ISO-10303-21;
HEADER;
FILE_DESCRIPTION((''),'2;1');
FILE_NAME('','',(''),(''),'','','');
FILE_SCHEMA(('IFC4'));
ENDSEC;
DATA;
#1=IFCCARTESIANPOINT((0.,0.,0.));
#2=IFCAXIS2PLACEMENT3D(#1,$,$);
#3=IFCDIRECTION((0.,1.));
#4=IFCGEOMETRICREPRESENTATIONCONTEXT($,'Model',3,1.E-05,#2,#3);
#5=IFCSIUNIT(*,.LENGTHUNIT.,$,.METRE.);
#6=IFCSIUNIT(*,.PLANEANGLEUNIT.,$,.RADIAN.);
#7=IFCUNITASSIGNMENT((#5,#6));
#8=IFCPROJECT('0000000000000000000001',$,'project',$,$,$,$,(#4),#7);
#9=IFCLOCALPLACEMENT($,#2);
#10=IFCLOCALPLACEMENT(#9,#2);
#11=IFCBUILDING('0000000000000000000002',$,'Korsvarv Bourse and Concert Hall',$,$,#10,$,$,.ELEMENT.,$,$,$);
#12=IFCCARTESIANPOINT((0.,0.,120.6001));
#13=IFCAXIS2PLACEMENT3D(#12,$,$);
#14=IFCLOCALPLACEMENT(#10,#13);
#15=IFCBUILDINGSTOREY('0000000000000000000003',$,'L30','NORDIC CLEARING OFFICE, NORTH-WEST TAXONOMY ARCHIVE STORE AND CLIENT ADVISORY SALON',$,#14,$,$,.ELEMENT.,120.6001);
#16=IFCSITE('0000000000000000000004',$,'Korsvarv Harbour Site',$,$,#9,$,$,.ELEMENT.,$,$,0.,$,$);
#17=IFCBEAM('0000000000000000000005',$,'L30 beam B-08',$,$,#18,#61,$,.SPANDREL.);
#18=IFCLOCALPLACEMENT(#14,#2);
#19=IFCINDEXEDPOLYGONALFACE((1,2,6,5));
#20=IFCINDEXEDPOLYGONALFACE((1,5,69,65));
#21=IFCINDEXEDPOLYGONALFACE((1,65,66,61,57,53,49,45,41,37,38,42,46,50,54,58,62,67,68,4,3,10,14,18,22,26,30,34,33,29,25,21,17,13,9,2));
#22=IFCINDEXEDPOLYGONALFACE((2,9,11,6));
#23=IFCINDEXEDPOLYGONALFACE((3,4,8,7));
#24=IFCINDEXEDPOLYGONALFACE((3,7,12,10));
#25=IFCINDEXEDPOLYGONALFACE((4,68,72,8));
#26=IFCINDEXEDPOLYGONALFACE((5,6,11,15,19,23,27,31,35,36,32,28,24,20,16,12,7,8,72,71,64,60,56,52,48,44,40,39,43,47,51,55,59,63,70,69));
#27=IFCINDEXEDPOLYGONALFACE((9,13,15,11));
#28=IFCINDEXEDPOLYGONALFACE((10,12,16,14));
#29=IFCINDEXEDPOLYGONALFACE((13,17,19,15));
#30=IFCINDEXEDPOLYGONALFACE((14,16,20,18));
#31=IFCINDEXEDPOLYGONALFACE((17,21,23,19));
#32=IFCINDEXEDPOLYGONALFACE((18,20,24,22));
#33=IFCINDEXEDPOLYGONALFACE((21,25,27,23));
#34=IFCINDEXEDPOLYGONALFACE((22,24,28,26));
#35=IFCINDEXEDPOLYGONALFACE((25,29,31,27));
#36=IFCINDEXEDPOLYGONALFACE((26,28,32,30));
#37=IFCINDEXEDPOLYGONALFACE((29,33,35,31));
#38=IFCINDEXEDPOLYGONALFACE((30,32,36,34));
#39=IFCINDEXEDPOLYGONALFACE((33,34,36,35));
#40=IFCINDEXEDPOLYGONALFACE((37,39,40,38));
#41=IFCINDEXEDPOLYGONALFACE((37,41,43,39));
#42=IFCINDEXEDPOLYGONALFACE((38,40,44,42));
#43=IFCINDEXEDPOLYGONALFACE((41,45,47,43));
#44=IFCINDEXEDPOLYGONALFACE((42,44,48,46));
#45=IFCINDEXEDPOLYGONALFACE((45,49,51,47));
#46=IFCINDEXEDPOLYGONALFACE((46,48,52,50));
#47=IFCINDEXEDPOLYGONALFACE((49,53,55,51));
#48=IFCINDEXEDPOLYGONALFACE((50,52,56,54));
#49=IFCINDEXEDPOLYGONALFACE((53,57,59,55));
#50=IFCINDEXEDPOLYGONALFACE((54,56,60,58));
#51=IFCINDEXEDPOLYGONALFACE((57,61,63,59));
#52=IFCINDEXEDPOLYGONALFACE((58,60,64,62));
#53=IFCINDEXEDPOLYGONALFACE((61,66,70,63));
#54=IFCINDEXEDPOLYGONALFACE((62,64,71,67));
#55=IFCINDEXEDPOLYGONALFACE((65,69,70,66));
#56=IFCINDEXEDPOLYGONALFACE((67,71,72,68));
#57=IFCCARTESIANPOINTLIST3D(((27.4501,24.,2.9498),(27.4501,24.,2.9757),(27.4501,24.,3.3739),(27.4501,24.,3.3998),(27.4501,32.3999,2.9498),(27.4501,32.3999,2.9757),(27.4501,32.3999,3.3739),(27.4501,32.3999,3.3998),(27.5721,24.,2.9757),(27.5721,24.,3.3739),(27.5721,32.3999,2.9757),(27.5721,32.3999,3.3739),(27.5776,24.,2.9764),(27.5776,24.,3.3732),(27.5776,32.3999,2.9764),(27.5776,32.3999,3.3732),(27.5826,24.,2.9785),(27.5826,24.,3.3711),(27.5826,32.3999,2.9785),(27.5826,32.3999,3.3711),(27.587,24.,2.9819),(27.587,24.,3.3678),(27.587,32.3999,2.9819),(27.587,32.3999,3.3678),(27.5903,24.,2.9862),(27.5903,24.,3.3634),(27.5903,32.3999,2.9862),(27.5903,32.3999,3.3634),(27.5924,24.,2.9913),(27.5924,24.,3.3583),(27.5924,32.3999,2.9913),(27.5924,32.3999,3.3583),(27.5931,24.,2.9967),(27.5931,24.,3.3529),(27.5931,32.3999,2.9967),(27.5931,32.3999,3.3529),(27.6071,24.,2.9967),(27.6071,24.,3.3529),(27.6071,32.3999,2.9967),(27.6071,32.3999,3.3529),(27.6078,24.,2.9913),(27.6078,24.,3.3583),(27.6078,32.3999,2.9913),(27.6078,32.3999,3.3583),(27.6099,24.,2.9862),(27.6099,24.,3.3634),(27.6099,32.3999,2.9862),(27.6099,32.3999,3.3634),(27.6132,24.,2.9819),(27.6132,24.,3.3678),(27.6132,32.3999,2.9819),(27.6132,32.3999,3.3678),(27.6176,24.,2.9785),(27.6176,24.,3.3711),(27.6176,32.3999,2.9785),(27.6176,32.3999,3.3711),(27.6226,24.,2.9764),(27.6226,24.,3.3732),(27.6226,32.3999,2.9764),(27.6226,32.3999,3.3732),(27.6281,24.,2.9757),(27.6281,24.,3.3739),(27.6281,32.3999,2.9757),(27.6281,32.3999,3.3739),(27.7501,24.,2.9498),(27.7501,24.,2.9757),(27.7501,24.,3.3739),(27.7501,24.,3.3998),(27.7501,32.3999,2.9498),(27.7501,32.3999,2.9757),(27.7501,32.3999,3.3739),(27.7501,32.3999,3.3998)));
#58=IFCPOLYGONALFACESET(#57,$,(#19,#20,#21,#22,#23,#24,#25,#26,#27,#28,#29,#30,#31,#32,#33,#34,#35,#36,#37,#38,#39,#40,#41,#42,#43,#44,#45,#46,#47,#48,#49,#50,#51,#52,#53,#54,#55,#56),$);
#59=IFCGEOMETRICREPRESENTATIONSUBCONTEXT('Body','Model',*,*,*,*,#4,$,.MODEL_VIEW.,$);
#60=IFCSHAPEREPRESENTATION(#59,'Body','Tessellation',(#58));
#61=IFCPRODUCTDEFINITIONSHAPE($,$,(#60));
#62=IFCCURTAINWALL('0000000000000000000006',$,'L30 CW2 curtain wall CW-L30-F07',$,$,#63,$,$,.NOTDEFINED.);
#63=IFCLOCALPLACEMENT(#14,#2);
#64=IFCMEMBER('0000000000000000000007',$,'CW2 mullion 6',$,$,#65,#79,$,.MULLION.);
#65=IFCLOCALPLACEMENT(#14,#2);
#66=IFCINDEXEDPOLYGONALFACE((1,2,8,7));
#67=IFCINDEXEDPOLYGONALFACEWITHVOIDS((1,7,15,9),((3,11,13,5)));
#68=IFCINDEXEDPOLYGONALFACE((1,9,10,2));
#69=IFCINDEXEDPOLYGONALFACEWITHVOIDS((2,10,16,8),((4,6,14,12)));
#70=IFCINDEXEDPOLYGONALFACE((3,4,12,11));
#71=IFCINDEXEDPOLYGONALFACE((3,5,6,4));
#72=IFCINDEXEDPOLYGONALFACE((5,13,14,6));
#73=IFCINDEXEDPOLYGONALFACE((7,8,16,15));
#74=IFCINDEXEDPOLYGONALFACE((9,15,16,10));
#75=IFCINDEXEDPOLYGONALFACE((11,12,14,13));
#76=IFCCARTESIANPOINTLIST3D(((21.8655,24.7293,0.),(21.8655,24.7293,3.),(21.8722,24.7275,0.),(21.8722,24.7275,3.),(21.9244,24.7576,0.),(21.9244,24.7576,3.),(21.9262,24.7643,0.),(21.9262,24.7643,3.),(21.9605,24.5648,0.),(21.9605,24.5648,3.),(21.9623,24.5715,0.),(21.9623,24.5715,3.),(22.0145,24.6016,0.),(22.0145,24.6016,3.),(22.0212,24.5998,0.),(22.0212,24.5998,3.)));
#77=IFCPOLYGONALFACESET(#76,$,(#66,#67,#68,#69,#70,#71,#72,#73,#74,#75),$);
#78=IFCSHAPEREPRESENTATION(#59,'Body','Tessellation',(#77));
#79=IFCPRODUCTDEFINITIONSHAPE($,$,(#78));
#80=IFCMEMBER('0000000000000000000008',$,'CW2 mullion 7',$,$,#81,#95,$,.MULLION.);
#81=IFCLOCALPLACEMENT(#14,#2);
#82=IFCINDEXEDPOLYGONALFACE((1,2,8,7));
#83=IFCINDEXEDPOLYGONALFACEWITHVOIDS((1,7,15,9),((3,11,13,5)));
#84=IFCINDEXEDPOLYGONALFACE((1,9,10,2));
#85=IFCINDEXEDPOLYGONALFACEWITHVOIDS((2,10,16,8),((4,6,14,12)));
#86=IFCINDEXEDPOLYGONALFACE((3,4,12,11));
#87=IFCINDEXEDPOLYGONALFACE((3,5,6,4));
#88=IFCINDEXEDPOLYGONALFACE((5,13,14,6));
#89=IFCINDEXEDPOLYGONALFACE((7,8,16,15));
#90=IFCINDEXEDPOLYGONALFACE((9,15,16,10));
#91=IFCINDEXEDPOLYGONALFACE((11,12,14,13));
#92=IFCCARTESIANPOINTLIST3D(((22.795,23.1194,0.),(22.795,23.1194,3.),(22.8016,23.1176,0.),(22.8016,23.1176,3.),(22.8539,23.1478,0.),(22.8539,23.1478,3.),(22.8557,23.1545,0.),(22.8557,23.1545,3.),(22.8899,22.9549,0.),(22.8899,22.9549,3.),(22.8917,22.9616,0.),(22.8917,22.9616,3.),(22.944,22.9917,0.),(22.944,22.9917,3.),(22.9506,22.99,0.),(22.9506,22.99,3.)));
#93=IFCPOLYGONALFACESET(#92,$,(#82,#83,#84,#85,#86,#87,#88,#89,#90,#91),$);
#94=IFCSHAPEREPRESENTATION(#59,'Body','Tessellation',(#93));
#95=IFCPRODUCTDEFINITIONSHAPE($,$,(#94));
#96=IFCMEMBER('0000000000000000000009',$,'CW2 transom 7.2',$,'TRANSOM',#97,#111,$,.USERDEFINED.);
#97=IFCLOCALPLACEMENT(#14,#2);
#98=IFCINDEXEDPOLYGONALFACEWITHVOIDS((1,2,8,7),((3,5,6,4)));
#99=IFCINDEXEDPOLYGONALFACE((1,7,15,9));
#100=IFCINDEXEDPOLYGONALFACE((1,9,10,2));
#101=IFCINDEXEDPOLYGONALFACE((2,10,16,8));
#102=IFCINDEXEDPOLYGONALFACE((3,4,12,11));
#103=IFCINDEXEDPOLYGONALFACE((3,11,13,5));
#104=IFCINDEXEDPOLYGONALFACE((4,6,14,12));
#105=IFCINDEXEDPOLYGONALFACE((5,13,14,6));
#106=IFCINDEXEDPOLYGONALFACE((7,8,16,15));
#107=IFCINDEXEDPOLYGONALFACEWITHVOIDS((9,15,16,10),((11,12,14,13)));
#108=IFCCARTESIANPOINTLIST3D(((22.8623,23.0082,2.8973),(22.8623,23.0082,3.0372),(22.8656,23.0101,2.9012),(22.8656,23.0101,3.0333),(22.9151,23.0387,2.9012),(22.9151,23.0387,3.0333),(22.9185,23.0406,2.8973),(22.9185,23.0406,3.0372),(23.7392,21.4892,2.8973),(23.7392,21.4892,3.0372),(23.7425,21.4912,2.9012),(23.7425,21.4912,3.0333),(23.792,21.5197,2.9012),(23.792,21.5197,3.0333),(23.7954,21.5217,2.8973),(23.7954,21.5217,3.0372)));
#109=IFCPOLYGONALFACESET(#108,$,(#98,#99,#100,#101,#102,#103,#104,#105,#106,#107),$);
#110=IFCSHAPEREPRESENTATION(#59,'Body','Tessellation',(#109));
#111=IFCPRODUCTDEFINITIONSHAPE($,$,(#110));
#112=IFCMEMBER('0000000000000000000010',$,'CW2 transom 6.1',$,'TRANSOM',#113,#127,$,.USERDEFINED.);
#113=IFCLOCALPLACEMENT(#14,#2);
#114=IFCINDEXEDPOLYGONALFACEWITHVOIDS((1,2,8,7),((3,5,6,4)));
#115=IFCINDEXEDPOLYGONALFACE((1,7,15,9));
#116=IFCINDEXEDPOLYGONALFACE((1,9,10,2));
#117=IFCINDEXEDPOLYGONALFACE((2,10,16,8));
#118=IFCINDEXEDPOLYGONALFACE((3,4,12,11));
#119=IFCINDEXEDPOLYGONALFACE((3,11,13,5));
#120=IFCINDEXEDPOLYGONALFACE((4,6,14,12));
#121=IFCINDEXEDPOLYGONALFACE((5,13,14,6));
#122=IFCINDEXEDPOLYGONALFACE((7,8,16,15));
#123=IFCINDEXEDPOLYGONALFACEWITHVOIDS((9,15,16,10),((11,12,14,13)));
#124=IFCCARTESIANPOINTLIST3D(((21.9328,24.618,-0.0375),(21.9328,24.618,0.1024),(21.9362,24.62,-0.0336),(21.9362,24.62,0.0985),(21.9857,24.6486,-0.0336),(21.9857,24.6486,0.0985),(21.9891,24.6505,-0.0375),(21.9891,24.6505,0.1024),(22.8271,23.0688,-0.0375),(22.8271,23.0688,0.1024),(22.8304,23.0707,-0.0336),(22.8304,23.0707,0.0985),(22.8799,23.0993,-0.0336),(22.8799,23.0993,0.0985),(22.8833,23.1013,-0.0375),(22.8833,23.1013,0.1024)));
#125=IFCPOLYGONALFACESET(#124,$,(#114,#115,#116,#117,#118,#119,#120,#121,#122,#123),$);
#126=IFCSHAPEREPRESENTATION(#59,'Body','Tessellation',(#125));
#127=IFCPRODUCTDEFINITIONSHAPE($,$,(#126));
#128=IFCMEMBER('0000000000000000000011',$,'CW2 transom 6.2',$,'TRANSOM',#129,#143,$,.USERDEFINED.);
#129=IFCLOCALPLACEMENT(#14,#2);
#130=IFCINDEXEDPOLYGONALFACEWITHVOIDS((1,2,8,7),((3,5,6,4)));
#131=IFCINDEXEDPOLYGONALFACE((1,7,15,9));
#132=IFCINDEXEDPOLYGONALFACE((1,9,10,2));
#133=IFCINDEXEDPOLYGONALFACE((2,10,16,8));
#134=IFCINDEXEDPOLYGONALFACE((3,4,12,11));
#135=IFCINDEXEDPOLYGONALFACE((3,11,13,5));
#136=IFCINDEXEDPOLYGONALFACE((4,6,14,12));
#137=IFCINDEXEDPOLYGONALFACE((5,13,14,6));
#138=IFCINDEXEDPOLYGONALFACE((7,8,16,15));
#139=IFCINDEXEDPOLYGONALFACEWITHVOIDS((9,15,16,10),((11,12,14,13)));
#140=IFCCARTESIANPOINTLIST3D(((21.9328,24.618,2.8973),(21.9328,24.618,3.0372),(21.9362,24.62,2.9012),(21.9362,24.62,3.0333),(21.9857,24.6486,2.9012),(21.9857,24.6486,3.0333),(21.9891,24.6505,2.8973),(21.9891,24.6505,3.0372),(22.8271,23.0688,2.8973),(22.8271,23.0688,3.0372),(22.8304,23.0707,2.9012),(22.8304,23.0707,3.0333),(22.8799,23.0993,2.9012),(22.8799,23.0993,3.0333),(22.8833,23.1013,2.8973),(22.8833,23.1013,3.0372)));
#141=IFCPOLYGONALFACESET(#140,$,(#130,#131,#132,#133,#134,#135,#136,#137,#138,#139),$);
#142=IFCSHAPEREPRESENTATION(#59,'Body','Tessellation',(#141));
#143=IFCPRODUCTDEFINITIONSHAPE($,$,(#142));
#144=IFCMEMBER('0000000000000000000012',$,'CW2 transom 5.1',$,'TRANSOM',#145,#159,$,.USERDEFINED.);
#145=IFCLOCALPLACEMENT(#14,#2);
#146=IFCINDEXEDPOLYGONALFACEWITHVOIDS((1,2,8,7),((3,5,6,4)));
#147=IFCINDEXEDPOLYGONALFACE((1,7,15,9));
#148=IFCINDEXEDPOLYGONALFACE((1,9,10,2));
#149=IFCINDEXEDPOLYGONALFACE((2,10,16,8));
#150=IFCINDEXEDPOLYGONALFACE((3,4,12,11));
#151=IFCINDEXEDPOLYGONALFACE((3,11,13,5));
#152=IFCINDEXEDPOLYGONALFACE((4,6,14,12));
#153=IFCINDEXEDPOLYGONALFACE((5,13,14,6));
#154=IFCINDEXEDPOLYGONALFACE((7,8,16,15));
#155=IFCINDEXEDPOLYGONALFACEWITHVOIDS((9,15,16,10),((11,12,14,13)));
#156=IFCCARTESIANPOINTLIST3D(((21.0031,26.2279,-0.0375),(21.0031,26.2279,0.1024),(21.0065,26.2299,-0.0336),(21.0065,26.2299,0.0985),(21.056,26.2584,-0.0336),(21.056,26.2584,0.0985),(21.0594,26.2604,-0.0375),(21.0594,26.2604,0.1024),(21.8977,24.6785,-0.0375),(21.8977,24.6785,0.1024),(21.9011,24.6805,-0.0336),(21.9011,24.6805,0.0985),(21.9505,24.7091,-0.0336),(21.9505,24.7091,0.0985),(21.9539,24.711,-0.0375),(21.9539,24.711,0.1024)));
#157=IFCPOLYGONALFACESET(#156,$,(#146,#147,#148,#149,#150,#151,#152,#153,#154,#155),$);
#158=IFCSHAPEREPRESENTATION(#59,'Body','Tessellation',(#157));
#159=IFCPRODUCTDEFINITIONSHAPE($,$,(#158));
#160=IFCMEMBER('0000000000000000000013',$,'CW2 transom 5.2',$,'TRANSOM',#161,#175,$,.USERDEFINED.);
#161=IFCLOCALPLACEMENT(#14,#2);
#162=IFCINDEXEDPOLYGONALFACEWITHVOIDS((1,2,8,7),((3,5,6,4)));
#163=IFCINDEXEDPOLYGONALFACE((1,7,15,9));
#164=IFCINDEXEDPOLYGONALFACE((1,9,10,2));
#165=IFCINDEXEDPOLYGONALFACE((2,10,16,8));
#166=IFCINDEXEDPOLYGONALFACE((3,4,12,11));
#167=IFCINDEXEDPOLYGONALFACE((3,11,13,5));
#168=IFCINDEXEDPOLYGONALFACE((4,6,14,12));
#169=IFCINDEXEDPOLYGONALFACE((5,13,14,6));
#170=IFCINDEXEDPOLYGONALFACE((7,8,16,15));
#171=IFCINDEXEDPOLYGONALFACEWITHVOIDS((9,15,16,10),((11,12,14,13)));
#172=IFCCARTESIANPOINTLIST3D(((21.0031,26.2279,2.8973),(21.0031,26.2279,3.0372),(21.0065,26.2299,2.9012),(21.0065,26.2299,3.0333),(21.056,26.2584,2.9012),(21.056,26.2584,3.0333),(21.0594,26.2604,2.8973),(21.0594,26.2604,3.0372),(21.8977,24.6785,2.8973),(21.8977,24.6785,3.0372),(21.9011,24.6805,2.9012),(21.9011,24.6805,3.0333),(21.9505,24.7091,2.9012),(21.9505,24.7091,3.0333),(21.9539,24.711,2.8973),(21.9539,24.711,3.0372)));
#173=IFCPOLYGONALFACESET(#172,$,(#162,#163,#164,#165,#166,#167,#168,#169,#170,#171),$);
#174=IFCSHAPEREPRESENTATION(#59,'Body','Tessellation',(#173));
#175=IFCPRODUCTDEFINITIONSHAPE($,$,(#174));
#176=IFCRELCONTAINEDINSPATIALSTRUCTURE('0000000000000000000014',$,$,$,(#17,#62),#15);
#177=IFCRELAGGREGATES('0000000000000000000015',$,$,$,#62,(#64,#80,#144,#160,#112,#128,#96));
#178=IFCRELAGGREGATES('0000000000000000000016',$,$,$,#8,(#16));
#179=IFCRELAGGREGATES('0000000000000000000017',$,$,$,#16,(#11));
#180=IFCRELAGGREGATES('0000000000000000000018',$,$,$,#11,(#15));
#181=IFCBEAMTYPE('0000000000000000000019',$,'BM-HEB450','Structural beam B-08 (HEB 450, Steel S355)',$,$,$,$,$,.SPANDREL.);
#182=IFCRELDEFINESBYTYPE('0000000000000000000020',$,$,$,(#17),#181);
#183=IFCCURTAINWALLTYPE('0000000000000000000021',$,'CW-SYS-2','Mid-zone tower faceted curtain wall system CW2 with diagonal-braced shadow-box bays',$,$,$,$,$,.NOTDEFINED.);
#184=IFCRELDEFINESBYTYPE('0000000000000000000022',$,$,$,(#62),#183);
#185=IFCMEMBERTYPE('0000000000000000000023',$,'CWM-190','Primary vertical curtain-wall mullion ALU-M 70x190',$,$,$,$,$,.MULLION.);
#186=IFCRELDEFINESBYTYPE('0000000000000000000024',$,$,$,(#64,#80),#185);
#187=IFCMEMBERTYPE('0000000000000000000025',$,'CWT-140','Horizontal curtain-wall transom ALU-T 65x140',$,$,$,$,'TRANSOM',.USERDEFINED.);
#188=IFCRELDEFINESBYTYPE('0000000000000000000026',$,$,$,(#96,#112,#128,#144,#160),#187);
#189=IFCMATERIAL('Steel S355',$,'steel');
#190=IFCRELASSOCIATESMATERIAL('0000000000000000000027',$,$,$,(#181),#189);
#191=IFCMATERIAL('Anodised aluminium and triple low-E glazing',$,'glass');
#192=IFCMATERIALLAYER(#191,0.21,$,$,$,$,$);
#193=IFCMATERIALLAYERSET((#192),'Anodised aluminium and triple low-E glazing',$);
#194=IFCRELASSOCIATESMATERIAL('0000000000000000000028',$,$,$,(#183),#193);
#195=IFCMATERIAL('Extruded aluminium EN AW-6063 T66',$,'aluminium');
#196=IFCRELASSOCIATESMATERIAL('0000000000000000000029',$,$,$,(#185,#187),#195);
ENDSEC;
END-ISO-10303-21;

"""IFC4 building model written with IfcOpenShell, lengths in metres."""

from ifc_helpers import new_model, si_unit, direction, frame, origin, origin_2d, place, context, subcontext, project, spatial, hollow_rectangle, i_section, extrude, source, transform, mapped, material, layer, layer_set, material_profile, profile_set, type_object, element, aggregate, save


model = new_model("IFC4")

# Units and contexts
model_context = context("Model", 3, precision=1e-05, world=origin(), true_north=direction((0.0, 1.0)))
body_context = subcontext(model_context, "Body", "Model", "MODEL_VIEW")
ifc_project = project(units=[si_unit("LENGTHUNIT", "METRE"), si_unit("PLANEANGLEUNIT", "RADIAN")], contexts=[model_context])

# Site, building, storey
site_placement = place(None, origin())
site = spatial("IfcSite", under=ifc_project, at=site_placement, Name="Korsvarv Harbour Site", CompositionType="ELEMENT", RefElevation=0.0)
building_placement = place(site_placement, origin())
building = spatial("IfcBuilding", under=site, at=building_placement, Name="Korsvarv Bourse and Concert Hall", CompositionType="ELEMENT")
storey_placement = place(building_placement, frame((0.0, 0.0, 120.6001)))
storey = spatial("IfcBuildingStorey", under=building, at=storey_placement, Name="L30", Description="NORDIC CLEARING OFFICE, NORTH-WEST TAXONOMY ARCHIVE STORE AND CLIENT ADVISORY SALON", CompositionType="ELEMENT", Elevation=120.6001)

# Beam
ifc_material_1 = material(Name="Steel S355", Category="steel")
ifc_material_profile_1 = material_profile(ifc_material_1, i_section(OverallWidth=0.3, OverallDepth=0.45, WebThickness=0.0139, FlangeThickness=0.0259, FilletRadius=0.021, at=origin_2d()), Name="HEB 450")
ifc_profile_set_1 = profile_set([ifc_material_profile_1], Name="Steel S355")
beam_type = type_object("IfcBeamType", Name="BM-HEB450", Description="Structural beam B-08 (HEB 450, Steel S355)", PredefinedType="SPANDREL", material=ifc_profile_set_1)
shared_shape_1 = source(origin(), body_context, "Body", "SweptSolid", [
    extrude(i_section(OverallWidth=0.3, OverallDepth=0.45, WebThickness=0.0139, FlangeThickness=0.0259, FilletRadius=0.021, at=origin_2d()), origin(), (0.0, 0.0, 1.0), 8.3999),
])
for number, where, z_axis, x_axis, name in (
    (1, (27.6001, 24.0, 3.1748), (0.0, 1.0, 0.0), (-1.0, 0.0, 0.0), "L30 beam B-08"),
):
    element("IfcBeam", number, at=place(storey_placement, frame(where, z_axis=z_axis, x_axis=x_axis)), inside=storey, type_object=beam_type, Name=name, PredefinedType="SPANDREL", context=body_context, shape_type="MappedRepresentation", body=[
        mapped(shared_shape_1, transform((0.0, 0.0, 0.0), scale=1.0)),
    ])

# Curtain wall, members
ifc_material_2 = material(Name="Anodised aluminium and triple low-E glazing", Category="glass")
ifc_layer_1 = layer(ifc_material_2, 0.21)
ifc_layer_set_1 = layer_set([ifc_layer_1], Name="Anodised aluminium and triple low-E glazing")
curtain_wall_type = type_object("IfcCurtainWallType", Name="CW-SYS-2", Description="Mid-zone tower faceted curtain wall system CW2 with diagonal-braced shadow-box bays", PredefinedType="NOTDEFINED", material=ifc_layer_set_1)
curtain_wall_placement = place(storey_placement, origin())
curtain_wall = element("IfcCurtainWall", 2, at=curtain_wall_placement, inside=storey, type_object=curtain_wall_type, Name="L30 CW2 curtain wall CW-L30-F07", PredefinedType="NOTDEFINED")
ifc_material_3 = material(Name="Extruded aluminium EN AW-6063 T66", Category="aluminium")
ifc_material_profile_2 = material_profile(ifc_material_3, hollow_rectangle(XDim=0.0701, YDim=0.1899, WallThickness=0.0049, at=origin_2d()), Name="ALU-M 70x190")
ifc_profile_set_2 = profile_set([ifc_material_profile_2], Name="Extruded aluminium EN AW-6063 T66")
member_type_1 = type_object("IfcMemberType", Name="CWM-190", Description="Primary vertical curtain-wall mullion ALU-M 70x190", PredefinedType="MULLION", material=ifc_profile_set_2)
shared_shape_2 = source(origin(), body_context, "Body", "SweptSolid", [
    extrude(hollow_rectangle(XDim=0.0701, YDim=0.1899, WallThickness=0.0049, at=origin_2d()), origin(), (0.0, 0.0, 1.0), 3.0),
])
member_1_placement = place(storey_placement, frame((21.9434, 24.6646, 0.0), z_axis=(0.0, 0.0, 1.0), x_axis=(0.866021, 0.500007, 0.0)))
member_1 = element("IfcMember", 3, at=member_1_placement, type_object=member_type_1, Name="CW2 mullion 6", PredefinedType="MULLION", context=body_context, shape_type="MappedRepresentation", body=[
    mapped(shared_shape_2, transform((0.0, 0.0, 0.0), scale=1.0)),
])
member_2_placement = place(storey_placement, frame((22.8728, 23.0547, 0.0), z_axis=(0.0, 0.0, 1.0), x_axis=(0.866021, 0.500007, 0.0)))
member_2 = element("IfcMember", 4, at=member_2_placement, type_object=member_type_1, Name="CW2 mullion 7", PredefinedType="MULLION", context=body_context, shape_type="MappedRepresentation", body=[
    mapped(shared_shape_2, transform((0.0, 0.0, 0.0), scale=1.0)),
])
ifc_material_profile_3 = material_profile(ifc_material_3, hollow_rectangle(XDim=0.0649, YDim=0.1399, WallThickness=0.0039, at=origin_2d()), Name="ALU-T 65x140")
ifc_profile_set_3 = profile_set([ifc_material_profile_3], Name="Extruded aluminium EN AW-6063 T66")
member_type_2 = type_object("IfcMemberType", Name="CWT-140", Description="Horizontal curtain-wall transom ALU-T 65x140", ElementType="TRANSOM", PredefinedType="USERDEFINED", material=ifc_profile_set_3)
shared_shape_3 = source(origin(), body_context, "Body", "SweptSolid", [
    extrude(hollow_rectangle(XDim=0.0649, YDim=0.1399, WallThickness=0.0039, at=origin_2d()), origin(), (0.0, 0.0, 1.0), 1.7539),
])
member_3_placement = place(storey_placement, frame((22.8904, 23.0244, 2.9673), z_axis=(0.499971, -0.866042, 0.0), x_axis=(0.866042, 0.499971, 0.0)))
member_3 = element("IfcMember", 5, at=member_3_placement, type_object=member_type_2, Name="CW2 transom 7.2", ObjectType="TRANSOM", PredefinedType="USERDEFINED", context=body_context, shape_type="MappedRepresentation", body=[
    mapped(shared_shape_3, transform((0.0, 0.0, 0.0), scale=1.0)),
])
shared_shape_4 = source(origin(), body_context, "Body", "SweptSolid", [
    extrude(hollow_rectangle(XDim=0.0649, YDim=0.1399, WallThickness=0.0039, at=origin_2d()), origin(), (0.0, 0.0, 1.0), 1.7888),
])
member_4_placement = place(storey_placement, frame((21.9609, 24.6343, 0.0325), z_axis=(0.499911, -0.866077, 0.0), x_axis=(0.866077, 0.499911, 0.0)))
member_4 = element("IfcMember", 6, at=member_4_placement, type_object=member_type_2, Name="CW2 transom 6.1", ObjectType="TRANSOM", PredefinedType="USERDEFINED", context=body_context, shape_type="MappedRepresentation", body=[
    mapped(shared_shape_4, transform((0.0, 0.0, 0.0), scale=1.0)),
])
member_5_placement = place(storey_placement, frame((21.9609, 24.6343, 2.9673), z_axis=(0.499911, -0.866077, 0.0), x_axis=(0.866077, 0.499911, 0.0)))
member_5 = element("IfcMember", 7, at=member_5_placement, type_object=member_type_2, Name="CW2 transom 6.2", ObjectType="TRANSOM", PredefinedType="USERDEFINED", context=body_context, shape_type="MappedRepresentation", body=[
    mapped(shared_shape_4, transform((0.0, 0.0, 0.0), scale=1.0)),
])
shared_shape_5 = source(origin(), body_context, "Body", "SweptSolid", [
    extrude(hollow_rectangle(XDim=0.0649, YDim=0.1399, WallThickness=0.0039, at=origin_2d()), origin(), (0.0, 0.0, 1.0), 1.7891),
])
member_6_placement = place(storey_placement, frame((21.0312, 26.2441, 0.0325), z_axis=(0.500014, -0.866017, 0.0), x_axis=(0.866017, 0.500014, 0.0)))
member_6 = element("IfcMember", 8, at=member_6_placement, type_object=member_type_2, Name="CW2 transom 5.1", ObjectType="TRANSOM", PredefinedType="USERDEFINED", context=body_context, shape_type="MappedRepresentation", body=[
    mapped(shared_shape_5, transform((0.0, 0.0, 0.0), scale=1.0)),
])
member_7_placement = place(storey_placement, frame((21.0312, 26.2441, 2.9673), z_axis=(0.500014, -0.866017, 0.0), x_axis=(0.866017, 0.500014, 0.0)))
member_7 = element("IfcMember", 9, at=member_7_placement, type_object=member_type_2, Name="CW2 transom 5.2", ObjectType="TRANSOM", PredefinedType="USERDEFINED", context=body_context, shape_type="MappedRepresentation", body=[
    mapped(shared_shape_5, transform((0.0, 0.0, 0.0), scale=1.0)),
])
aggregate(curtain_wall, [member_1, member_2, member_6, member_7, member_4, member_5, member_3])

save(model, "model.ifc")
